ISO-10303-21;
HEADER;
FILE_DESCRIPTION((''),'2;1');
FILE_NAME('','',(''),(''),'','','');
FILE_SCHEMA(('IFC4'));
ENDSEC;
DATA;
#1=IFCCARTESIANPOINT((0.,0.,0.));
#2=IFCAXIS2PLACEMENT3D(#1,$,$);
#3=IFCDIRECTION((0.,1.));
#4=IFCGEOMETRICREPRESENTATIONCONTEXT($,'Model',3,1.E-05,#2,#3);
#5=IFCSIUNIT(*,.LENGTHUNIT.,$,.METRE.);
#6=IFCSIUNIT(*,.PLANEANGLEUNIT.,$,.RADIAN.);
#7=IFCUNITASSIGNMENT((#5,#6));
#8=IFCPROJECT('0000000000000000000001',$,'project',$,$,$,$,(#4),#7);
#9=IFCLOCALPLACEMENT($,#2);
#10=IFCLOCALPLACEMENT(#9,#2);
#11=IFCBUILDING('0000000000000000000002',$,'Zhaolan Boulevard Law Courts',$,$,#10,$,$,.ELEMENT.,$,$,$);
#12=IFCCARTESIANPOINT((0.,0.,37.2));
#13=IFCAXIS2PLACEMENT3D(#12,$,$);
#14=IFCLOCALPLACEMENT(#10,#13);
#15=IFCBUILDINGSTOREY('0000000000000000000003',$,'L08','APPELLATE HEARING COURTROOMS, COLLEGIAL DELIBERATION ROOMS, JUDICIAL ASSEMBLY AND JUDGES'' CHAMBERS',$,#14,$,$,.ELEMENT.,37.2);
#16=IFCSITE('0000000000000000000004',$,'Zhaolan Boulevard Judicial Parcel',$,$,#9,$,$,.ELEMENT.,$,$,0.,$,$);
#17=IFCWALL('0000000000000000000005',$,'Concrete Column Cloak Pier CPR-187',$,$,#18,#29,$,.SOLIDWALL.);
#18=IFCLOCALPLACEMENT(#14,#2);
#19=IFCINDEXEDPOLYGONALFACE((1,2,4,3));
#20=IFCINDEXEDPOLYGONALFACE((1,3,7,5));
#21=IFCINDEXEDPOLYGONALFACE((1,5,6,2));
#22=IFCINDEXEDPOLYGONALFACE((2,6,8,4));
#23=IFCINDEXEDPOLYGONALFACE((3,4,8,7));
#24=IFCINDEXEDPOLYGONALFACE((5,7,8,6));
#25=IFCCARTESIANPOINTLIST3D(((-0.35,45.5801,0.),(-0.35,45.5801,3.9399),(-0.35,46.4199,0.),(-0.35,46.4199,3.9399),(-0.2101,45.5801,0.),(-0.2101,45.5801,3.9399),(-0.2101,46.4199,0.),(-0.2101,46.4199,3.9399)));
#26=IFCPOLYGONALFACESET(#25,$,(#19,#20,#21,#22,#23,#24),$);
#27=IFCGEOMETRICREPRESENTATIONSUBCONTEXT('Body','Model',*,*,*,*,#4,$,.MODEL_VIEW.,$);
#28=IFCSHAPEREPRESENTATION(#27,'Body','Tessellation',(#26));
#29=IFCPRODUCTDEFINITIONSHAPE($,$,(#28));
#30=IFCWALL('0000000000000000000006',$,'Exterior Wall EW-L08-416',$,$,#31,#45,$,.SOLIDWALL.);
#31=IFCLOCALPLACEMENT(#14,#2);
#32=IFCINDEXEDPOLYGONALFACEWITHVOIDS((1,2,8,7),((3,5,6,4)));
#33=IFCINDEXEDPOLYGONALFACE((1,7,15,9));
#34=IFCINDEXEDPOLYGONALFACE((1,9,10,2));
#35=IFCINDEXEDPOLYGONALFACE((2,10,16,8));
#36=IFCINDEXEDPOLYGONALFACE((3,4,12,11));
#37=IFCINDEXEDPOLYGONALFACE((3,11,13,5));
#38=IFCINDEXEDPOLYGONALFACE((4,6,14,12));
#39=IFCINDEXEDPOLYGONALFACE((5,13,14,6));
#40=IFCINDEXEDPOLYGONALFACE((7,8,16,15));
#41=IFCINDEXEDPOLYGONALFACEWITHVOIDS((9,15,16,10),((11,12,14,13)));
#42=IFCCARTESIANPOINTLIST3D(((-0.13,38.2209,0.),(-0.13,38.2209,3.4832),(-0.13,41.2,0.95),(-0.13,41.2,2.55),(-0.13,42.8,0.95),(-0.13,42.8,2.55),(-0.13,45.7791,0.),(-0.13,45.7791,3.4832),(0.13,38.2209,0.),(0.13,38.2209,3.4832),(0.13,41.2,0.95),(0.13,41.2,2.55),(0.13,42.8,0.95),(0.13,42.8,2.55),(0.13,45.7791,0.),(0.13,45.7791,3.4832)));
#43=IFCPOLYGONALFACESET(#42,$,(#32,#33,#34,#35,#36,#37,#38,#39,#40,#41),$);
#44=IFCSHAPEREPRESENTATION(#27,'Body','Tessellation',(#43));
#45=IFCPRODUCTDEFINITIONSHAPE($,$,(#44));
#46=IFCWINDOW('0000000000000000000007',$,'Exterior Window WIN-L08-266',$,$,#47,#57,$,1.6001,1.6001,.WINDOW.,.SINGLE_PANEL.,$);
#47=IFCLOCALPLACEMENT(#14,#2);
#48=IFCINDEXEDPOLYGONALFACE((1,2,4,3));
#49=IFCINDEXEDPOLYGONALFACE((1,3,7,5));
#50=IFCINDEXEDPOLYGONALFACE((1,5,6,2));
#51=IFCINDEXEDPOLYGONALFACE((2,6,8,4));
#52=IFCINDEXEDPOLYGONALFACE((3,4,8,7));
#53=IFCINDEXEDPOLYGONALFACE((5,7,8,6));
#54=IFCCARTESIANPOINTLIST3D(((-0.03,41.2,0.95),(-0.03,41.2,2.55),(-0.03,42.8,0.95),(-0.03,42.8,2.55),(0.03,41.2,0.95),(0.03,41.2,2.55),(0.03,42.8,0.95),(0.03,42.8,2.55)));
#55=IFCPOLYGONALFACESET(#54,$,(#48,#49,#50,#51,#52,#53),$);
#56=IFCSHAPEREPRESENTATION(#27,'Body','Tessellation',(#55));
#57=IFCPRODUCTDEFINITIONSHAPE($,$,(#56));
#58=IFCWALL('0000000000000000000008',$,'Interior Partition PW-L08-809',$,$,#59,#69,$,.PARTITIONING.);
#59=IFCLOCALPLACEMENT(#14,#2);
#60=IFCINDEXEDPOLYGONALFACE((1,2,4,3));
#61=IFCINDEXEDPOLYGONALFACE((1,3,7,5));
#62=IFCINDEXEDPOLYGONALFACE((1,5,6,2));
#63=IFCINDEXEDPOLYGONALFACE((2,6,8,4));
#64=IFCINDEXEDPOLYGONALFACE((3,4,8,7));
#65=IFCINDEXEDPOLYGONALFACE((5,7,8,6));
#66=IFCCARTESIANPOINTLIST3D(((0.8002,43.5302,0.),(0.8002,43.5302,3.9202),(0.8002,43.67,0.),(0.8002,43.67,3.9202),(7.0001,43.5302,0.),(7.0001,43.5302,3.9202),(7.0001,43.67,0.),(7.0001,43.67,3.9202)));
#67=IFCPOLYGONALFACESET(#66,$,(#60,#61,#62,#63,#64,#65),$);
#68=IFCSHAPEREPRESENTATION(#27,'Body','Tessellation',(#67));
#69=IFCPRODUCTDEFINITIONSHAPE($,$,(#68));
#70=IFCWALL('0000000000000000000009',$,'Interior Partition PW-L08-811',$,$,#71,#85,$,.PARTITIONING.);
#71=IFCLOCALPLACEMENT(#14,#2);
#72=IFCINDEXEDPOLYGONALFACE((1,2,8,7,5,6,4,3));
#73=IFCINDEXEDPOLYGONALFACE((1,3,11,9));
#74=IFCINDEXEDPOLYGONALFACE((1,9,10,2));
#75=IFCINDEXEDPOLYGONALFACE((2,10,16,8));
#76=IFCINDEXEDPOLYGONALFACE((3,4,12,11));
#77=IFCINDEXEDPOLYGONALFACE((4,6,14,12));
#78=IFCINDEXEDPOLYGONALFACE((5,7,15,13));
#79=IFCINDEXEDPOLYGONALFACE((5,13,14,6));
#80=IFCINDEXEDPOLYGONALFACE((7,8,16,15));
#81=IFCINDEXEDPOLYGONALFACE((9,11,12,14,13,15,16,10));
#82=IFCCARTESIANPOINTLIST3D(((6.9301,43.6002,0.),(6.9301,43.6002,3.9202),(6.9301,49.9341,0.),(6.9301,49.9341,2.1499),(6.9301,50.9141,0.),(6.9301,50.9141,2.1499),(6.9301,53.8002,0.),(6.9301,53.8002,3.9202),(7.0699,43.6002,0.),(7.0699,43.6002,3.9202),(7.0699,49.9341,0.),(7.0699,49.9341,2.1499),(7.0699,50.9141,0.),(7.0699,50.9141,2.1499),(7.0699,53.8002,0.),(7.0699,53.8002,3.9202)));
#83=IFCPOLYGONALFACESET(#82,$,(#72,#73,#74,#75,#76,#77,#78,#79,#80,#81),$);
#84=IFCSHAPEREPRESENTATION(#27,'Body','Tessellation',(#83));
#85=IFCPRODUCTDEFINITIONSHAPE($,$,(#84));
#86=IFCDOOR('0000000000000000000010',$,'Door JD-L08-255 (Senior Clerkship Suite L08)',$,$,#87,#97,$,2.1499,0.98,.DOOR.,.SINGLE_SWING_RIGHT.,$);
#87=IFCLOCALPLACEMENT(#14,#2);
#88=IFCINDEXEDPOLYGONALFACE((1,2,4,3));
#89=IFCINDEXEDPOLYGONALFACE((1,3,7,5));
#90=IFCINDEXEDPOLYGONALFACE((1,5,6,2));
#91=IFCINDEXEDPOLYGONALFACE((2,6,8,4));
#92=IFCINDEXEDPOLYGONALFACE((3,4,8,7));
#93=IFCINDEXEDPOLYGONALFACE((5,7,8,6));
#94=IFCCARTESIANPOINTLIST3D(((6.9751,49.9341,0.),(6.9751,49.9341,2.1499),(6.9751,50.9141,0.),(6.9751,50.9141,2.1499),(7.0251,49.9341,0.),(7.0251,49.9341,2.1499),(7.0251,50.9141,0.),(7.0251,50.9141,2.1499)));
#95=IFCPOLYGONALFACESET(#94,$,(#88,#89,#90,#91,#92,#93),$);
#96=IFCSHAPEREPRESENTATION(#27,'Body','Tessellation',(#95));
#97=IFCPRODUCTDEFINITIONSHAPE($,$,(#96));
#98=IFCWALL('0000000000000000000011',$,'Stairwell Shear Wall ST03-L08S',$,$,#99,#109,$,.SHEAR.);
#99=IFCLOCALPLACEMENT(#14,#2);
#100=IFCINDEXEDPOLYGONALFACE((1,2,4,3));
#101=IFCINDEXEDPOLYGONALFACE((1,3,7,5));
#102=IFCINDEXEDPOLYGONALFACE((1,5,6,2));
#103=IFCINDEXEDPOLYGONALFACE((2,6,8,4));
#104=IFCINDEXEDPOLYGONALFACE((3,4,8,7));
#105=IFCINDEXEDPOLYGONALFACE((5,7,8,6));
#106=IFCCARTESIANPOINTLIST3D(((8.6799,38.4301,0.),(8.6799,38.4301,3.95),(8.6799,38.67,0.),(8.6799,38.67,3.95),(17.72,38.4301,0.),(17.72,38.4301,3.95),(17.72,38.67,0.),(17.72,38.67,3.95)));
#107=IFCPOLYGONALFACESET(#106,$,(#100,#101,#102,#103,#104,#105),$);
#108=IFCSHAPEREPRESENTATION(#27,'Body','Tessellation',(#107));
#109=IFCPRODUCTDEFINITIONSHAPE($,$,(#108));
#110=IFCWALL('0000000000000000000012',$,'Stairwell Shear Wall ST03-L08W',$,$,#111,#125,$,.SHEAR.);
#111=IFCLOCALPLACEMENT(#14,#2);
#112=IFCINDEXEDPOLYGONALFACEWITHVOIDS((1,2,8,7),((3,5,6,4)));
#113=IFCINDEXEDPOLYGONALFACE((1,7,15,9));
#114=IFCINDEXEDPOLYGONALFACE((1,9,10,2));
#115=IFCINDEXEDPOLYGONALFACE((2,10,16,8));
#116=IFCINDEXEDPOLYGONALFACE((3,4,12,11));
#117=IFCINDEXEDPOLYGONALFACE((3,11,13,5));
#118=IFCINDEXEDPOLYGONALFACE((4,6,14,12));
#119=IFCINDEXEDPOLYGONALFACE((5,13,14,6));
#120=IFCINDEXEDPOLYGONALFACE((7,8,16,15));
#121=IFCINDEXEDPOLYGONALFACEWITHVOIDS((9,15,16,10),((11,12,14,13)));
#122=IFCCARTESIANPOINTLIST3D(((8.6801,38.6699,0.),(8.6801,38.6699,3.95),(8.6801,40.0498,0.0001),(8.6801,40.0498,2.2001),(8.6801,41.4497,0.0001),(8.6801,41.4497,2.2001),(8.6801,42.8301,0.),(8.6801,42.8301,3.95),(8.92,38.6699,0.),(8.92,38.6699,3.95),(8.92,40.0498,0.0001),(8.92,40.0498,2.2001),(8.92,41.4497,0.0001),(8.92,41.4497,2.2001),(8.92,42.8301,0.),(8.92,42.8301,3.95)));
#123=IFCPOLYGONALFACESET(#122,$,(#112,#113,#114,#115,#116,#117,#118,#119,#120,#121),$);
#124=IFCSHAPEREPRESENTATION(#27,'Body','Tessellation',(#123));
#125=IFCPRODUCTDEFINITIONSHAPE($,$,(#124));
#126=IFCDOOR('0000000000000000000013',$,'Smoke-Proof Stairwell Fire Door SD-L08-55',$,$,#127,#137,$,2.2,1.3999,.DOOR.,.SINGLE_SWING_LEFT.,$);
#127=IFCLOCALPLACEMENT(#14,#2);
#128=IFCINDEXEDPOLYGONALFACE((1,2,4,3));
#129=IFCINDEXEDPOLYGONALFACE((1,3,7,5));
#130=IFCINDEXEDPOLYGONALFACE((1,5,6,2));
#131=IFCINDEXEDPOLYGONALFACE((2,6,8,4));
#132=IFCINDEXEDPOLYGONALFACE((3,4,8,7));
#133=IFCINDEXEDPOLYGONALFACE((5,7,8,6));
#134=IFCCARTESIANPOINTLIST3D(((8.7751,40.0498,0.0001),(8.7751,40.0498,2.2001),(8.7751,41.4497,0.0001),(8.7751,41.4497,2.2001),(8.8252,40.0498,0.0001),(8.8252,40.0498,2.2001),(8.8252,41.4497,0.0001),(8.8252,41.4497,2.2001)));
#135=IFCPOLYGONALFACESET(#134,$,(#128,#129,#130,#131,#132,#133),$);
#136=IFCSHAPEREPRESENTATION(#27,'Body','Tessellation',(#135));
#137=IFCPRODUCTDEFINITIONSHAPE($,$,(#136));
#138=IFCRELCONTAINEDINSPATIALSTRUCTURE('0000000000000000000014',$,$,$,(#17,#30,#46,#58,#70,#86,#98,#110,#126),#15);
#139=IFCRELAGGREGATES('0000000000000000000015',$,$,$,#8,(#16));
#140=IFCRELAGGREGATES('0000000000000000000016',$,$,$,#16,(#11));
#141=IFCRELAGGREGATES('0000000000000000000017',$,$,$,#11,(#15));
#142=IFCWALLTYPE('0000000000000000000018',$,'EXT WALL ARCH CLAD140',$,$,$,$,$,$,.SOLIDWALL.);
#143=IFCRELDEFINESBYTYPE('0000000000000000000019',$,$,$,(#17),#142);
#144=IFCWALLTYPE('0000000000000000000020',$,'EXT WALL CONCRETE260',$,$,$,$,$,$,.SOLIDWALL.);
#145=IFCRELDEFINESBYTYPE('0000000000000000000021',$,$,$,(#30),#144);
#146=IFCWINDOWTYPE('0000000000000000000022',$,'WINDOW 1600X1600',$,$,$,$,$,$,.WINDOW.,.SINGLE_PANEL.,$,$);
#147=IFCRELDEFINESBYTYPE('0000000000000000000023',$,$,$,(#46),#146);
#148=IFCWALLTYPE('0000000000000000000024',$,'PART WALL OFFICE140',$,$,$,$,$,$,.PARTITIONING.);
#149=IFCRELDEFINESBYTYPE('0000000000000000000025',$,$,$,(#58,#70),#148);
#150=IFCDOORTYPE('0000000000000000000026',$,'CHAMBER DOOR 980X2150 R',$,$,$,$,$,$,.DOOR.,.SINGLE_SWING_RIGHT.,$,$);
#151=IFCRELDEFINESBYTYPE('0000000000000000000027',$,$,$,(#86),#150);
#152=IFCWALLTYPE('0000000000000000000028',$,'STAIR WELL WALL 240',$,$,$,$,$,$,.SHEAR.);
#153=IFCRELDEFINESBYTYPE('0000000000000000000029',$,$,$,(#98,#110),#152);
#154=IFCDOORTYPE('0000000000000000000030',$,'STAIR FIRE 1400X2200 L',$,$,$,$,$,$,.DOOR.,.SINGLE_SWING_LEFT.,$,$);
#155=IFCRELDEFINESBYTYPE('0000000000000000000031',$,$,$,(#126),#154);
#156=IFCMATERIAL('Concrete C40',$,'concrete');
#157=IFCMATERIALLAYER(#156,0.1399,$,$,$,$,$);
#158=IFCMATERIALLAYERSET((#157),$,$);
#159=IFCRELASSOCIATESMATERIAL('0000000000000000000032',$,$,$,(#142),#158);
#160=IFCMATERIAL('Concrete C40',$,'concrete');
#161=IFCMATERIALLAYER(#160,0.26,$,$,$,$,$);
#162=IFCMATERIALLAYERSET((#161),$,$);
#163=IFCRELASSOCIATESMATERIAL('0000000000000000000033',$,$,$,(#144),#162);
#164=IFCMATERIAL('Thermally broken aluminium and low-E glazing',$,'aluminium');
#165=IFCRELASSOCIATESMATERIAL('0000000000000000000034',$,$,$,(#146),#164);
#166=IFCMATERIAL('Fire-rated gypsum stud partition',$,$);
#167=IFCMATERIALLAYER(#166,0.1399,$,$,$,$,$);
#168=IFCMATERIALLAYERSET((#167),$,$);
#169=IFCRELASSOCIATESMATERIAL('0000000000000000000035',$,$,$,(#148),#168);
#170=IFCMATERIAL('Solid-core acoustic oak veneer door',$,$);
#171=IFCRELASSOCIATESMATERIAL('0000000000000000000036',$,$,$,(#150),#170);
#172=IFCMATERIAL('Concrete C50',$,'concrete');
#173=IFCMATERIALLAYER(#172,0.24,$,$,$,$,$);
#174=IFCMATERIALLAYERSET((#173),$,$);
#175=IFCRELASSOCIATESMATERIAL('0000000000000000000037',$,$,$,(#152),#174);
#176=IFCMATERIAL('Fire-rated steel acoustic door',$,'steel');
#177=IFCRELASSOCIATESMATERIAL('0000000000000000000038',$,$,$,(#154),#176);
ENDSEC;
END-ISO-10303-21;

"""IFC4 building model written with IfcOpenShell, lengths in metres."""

from ifc_helpers import new_model, si_unit, direction, frame, frame_2d, origin, place, context, subcontext, project, spatial, rectangle, extrude, material, layer, layer_set, type_object, element, fill, save


model = new_model("IFC4")

# Units and contexts
model_context = context("Model", 3, precision=1e-05, world=origin(), true_north=direction((0.0, 1.0)))
body_context = subcontext(model_context, "Body", "Model", "MODEL_VIEW")
ifc_project = project(units=[si_unit("LENGTHUNIT", "METRE"), si_unit("PLANEANGLEUNIT", "RADIAN")], contexts=[model_context])

# Site, building, storey
site_placement = place(None, origin())
site = spatial("IfcSite", under=ifc_project, at=site_placement, Name="Zhaolan Boulevard Judicial Parcel", CompositionType="ELEMENT", RefElevation=0.0)
building_placement = place(site_placement, origin())
building = spatial("IfcBuilding", under=site, at=building_placement, Name="Zhaolan Boulevard Law Courts", CompositionType="ELEMENT")
storey_placement = place(building_placement, frame((0.0, 0.0, 37.2)))
storey = spatial("IfcBuildingStorey", under=building, at=storey_placement, Name="L08", Description="APPELLATE HEARING COURTROOMS, COLLEGIAL DELIBERATION ROOMS, JUDICIAL ASSEMBLY AND JUDGES' CHAMBERS", CompositionType="ELEMENT", Elevation=37.2)

# Wall
ifc_material_1 = material(Name="Concrete C40", Category="concrete")
ifc_layer_1 = layer(ifc_material_1, 0.1399)
ifc_layer_set_1 = layer_set([ifc_layer_1])
wall_type_1 = type_object("IfcWallType", Name="EXT WALL ARCH CLAD140", PredefinedType="SOLIDWALL", material=ifc_layer_set_1)
wall_1_placement = place(storey_placement, frame((-0.28, 45.5801, 0.0), z_axis=(0.0, 0.0, 1.0), x_axis=(0.0, 1.0, 0.0)))
element("IfcWall", 1, at=wall_1_placement, inside=storey, type_object=wall_type_1, Name="Concrete Column Cloak Pier CPR-187", PredefinedType="SOLIDWALL", context=body_context, shape_type="SweptSolid", body=[
    extrude(rectangle(XDim=0.8398, YDim=0.1399, at=frame_2d((0.4199, 0.0))), origin(), (0.0, 0.0, 1.0), 3.9399),
])

# Wall, opening, window
ifc_material_2 = material(Name="Concrete C40", Category="concrete")
ifc_layer_2 = layer(ifc_material_2, 0.26)
ifc_layer_set_2 = layer_set([ifc_layer_2])
wall_type_2 = type_object("IfcWallType", Name="EXT WALL CONCRETE260", PredefinedType="SOLIDWALL", material=ifc_layer_set_2)
wall_2_placement = place(storey_placement, frame((0.0, 45.7791, 0.0), z_axis=(0.0, 0.0, 1.0), x_axis=(0.0, -1.0, 0.0)))
wall_2 = element("IfcWall", 2, at=wall_2_placement, inside=storey, type_object=wall_type_2, Name="Exterior Wall EW-L08-416", PredefinedType="SOLIDWALL", context=body_context, shape_type="SweptSolid", body=[
    extrude(rectangle(XDim=7.5581, YDim=0.26, at=frame_2d((3.7791, 0.0))), origin(), (0.0, 0.0, 1.0), 3.4832),
])
opening_1_placement = place(wall_2_placement, frame((2.979, 0.0, 0.95)))
opening_1 = element("IfcOpeningElement", 3, at=opening_1_placement, cuts=wall_2, PredefinedType="OPENING", context=body_context, shape_type="SweptSolid", body=[
    extrude(rectangle(XDim=1.6001, YDim=1.6001, at=frame_2d((0.8, 0.8))), frame((0.0, 0.1399, 0.0), z_axis=(0.0, -1.0, 0.0), x_axis=(1.0, 0.0, 0.0)), (0.0, 0.0, 1.0), 0.28),
])
ifc_material_3 = material(Name="Thermally broken aluminium and low-E glazing", Category="aluminium")
window_type = type_object("IfcWindowType", Name="WINDOW 1600X1600", PartitioningType="SINGLE_PANEL", PredefinedType="WINDOW", material=ifc_material_3)
window_placement = place(opening_1_placement, origin())
window = element("IfcWindow", 4, at=window_placement, inside=storey, type_object=window_type, Name="Exterior Window WIN-L08-266", OverallHeight=1.6001, OverallWidth=1.6001, PartitioningType="SINGLE_PANEL", PredefinedType="WINDOW", context=body_context, shape_type="SweptSolid", body=[
    extrude(rectangle(XDim=1.6001, YDim=1.6001, at=frame_2d((0.8, 0.8))), frame((0.0, 0.03, 0.0), z_axis=(0.0, -1.0, 0.0), x_axis=(1.0, 0.0, 0.0)), (0.0, 0.0, 1.0), 0.0601),
])
fill(opening_1, window)

# Wall
ifc_material_4 = material(Name="Fire-rated gypsum stud partition")
ifc_layer_3 = layer(ifc_material_4, 0.1399)
ifc_layer_set_3 = layer_set([ifc_layer_3])
wall_type_3 = type_object("IfcWallType", Name="PART WALL OFFICE140", PredefinedType="PARTITIONING", material=ifc_layer_set_3)
wall_3_placement = place(storey_placement, frame((0.8, 43.6001, 0.0), z_axis=(0.0, 0.0, 1.0), x_axis=(1.0, 0.0, 0.0)))
element("IfcWall", 5, at=wall_3_placement, inside=storey, type_object=wall_type_3, Name="Interior Partition PW-L08-809", PredefinedType="PARTITIONING", context=body_context, shape_type="SweptSolid", body=[
    extrude(rectangle(XDim=6.2, YDim=0.1399, at=frame_2d((3.1001, 0.0))), origin(), (0.0, 0.0, 1.0), 3.9202),
])

# Wall, opening, door
wall_4_placement = place(storey_placement, frame((7.0, 43.6001, 0.0), z_axis=(0.0, 0.0, 1.0), x_axis=(0.0, 1.0, 0.0)))
wall_4 = element("IfcWall", 6, at=wall_4_placement, inside=storey, type_object=wall_type_3, Name="Interior Partition PW-L08-811", PredefinedType="PARTITIONING", context=body_context, shape_type="SweptSolid", body=[
    extrude(rectangle(XDim=10.2, YDim=0.1399, at=frame_2d((5.1001, 0.0))), origin(), (0.0, 0.0, 1.0), 3.9202),
])
opening_2_placement = place(wall_4_placement, frame((6.334, 0.0, 0.0)))
opening_2 = element("IfcOpeningElement", 7, at=opening_2_placement, cuts=wall_4, PredefinedType="OPENING", context=body_context, shape_type="SweptSolid", body=[
    extrude(rectangle(XDim=0.98, YDim=2.1499, at=frame_2d((0.49, 1.075))), frame((0.0, 0.0798, 0.0), z_axis=(0.0, -1.0, 0.0), x_axis=(1.0, 0.0, 0.0)), (0.0, 0.0, 1.0), 0.1599),
])
ifc_material_5 = material(Name="Solid-core acoustic oak veneer door")
door_type_1 = type_object("IfcDoorType", Name="CHAMBER DOOR 980X2150 R", OperationType="SINGLE_SWING_RIGHT", PredefinedType="DOOR", material=ifc_material_5)
door_1_placement = place(opening_2_placement, origin())
door_1 = element("IfcDoor", 8, at=door_1_placement, inside=storey, type_object=door_type_1, Name="Door JD-L08-255 (Senior Clerkship Suite L08)", OperationType="SINGLE_SWING_RIGHT", OverallHeight=2.1499, OverallWidth=0.98, PredefinedType="DOOR", context=body_context, shape_type="SweptSolid", body=[
    extrude(rectangle(XDim=0.98, YDim=2.1499, at=frame_2d((0.49, 1.075))), frame((0.0, 0.0249, 0.0), z_axis=(0.0, -1.0, 0.0), x_axis=(1.0, 0.0, 0.0)), (0.0, 0.0, 1.0), 0.05),
])
fill(opening_2, door_1)

# Wall
ifc_material_6 = material(Name="Concrete C50", Category="concrete")
ifc_layer_4 = layer(ifc_material_6, 0.24)
ifc_layer_set_4 = layer_set([ifc_layer_4])
wall_type_4 = type_object("IfcWallType", Name="STAIR WELL WALL 240", PredefinedType="SHEAR", material=ifc_layer_set_4)
wall_5_placement = place(storey_placement, frame((8.6799, 38.55, 0.0), z_axis=(0.0, 0.0, 1.0), x_axis=(1.0, 0.0, 0.0)))
element("IfcWall", 9, at=wall_5_placement, inside=storey, type_object=wall_type_4, Name="Stairwell Shear Wall ST03-L08S", PredefinedType="SHEAR", context=body_context, shape_type="SweptSolid", body=[
    extrude(rectangle(XDim=9.04, YDim=0.24, at=frame_2d((4.52, 0.0))), origin(), (0.0, 0.0, 1.0), 3.95),
])

# Wall, opening, door
wall_6_placement = place(storey_placement, frame((8.8, 38.6699, 0.0), z_axis=(0.0, 0.0, 1.0), x_axis=(0.0, 1.0, 0.0)))
wall_6 = element("IfcWall", 10, at=wall_6_placement, inside=storey, type_object=wall_type_4, Name="Stairwell Shear Wall ST03-L08W", PredefinedType="SHEAR", context=body_context, shape_type="SweptSolid", body=[
    extrude(rectangle(XDim=4.1602, YDim=0.24, at=frame_2d((2.0801, 0.0))), origin(), (0.0, 0.0, 1.0), 3.95),
])
opening_3_placement = place(wall_6_placement, frame((1.3799, 0.0, 0.0)))
opening_3 = element("IfcOpeningElement", 11, at=opening_3_placement, cuts=wall_6, PredefinedType="OPENING", context=body_context, shape_type="SweptSolid", body=[
    extrude(rectangle(XDim=1.3999, YDim=2.2, at=frame_2d((0.7, 1.1001))), frame((0.0, 0.1299, 0.0), z_axis=(0.0, -1.0, 0.0), x_axis=(1.0, 0.0, 0.0)), (0.0, 0.0, 1.0), 0.26),
])
ifc_material_7 = material(Name="Fire-rated steel acoustic door", Category="steel")
door_type_2 = type_object("IfcDoorType", Name="STAIR FIRE 1400X2200 L", OperationType="SINGLE_SWING_LEFT", PredefinedType="DOOR", material=ifc_material_7)
door_2_placement = place(opening_3_placement, origin())
door_2 = element("IfcDoor", 12, at=door_2_placement, inside=storey, type_object=door_type_2, Name="Smoke-Proof Stairwell Fire Door SD-L08-55", OperationType="SINGLE_SWING_LEFT", OverallHeight=2.2, OverallWidth=1.3999, PredefinedType="DOOR", context=body_context, shape_type="SweptSolid", body=[
    extrude(rectangle(XDim=1.3999, YDim=2.2, at=frame_2d((0.7, 1.1001))), frame((0.0, 0.0249, 0.0), z_axis=(0.0, -1.0, 0.0), x_axis=(1.0, 0.0, 0.0)), (0.0, 0.0, 1.0), 0.05),
])
fill(opening_3, door_2)

save(model, "model.ifc")
